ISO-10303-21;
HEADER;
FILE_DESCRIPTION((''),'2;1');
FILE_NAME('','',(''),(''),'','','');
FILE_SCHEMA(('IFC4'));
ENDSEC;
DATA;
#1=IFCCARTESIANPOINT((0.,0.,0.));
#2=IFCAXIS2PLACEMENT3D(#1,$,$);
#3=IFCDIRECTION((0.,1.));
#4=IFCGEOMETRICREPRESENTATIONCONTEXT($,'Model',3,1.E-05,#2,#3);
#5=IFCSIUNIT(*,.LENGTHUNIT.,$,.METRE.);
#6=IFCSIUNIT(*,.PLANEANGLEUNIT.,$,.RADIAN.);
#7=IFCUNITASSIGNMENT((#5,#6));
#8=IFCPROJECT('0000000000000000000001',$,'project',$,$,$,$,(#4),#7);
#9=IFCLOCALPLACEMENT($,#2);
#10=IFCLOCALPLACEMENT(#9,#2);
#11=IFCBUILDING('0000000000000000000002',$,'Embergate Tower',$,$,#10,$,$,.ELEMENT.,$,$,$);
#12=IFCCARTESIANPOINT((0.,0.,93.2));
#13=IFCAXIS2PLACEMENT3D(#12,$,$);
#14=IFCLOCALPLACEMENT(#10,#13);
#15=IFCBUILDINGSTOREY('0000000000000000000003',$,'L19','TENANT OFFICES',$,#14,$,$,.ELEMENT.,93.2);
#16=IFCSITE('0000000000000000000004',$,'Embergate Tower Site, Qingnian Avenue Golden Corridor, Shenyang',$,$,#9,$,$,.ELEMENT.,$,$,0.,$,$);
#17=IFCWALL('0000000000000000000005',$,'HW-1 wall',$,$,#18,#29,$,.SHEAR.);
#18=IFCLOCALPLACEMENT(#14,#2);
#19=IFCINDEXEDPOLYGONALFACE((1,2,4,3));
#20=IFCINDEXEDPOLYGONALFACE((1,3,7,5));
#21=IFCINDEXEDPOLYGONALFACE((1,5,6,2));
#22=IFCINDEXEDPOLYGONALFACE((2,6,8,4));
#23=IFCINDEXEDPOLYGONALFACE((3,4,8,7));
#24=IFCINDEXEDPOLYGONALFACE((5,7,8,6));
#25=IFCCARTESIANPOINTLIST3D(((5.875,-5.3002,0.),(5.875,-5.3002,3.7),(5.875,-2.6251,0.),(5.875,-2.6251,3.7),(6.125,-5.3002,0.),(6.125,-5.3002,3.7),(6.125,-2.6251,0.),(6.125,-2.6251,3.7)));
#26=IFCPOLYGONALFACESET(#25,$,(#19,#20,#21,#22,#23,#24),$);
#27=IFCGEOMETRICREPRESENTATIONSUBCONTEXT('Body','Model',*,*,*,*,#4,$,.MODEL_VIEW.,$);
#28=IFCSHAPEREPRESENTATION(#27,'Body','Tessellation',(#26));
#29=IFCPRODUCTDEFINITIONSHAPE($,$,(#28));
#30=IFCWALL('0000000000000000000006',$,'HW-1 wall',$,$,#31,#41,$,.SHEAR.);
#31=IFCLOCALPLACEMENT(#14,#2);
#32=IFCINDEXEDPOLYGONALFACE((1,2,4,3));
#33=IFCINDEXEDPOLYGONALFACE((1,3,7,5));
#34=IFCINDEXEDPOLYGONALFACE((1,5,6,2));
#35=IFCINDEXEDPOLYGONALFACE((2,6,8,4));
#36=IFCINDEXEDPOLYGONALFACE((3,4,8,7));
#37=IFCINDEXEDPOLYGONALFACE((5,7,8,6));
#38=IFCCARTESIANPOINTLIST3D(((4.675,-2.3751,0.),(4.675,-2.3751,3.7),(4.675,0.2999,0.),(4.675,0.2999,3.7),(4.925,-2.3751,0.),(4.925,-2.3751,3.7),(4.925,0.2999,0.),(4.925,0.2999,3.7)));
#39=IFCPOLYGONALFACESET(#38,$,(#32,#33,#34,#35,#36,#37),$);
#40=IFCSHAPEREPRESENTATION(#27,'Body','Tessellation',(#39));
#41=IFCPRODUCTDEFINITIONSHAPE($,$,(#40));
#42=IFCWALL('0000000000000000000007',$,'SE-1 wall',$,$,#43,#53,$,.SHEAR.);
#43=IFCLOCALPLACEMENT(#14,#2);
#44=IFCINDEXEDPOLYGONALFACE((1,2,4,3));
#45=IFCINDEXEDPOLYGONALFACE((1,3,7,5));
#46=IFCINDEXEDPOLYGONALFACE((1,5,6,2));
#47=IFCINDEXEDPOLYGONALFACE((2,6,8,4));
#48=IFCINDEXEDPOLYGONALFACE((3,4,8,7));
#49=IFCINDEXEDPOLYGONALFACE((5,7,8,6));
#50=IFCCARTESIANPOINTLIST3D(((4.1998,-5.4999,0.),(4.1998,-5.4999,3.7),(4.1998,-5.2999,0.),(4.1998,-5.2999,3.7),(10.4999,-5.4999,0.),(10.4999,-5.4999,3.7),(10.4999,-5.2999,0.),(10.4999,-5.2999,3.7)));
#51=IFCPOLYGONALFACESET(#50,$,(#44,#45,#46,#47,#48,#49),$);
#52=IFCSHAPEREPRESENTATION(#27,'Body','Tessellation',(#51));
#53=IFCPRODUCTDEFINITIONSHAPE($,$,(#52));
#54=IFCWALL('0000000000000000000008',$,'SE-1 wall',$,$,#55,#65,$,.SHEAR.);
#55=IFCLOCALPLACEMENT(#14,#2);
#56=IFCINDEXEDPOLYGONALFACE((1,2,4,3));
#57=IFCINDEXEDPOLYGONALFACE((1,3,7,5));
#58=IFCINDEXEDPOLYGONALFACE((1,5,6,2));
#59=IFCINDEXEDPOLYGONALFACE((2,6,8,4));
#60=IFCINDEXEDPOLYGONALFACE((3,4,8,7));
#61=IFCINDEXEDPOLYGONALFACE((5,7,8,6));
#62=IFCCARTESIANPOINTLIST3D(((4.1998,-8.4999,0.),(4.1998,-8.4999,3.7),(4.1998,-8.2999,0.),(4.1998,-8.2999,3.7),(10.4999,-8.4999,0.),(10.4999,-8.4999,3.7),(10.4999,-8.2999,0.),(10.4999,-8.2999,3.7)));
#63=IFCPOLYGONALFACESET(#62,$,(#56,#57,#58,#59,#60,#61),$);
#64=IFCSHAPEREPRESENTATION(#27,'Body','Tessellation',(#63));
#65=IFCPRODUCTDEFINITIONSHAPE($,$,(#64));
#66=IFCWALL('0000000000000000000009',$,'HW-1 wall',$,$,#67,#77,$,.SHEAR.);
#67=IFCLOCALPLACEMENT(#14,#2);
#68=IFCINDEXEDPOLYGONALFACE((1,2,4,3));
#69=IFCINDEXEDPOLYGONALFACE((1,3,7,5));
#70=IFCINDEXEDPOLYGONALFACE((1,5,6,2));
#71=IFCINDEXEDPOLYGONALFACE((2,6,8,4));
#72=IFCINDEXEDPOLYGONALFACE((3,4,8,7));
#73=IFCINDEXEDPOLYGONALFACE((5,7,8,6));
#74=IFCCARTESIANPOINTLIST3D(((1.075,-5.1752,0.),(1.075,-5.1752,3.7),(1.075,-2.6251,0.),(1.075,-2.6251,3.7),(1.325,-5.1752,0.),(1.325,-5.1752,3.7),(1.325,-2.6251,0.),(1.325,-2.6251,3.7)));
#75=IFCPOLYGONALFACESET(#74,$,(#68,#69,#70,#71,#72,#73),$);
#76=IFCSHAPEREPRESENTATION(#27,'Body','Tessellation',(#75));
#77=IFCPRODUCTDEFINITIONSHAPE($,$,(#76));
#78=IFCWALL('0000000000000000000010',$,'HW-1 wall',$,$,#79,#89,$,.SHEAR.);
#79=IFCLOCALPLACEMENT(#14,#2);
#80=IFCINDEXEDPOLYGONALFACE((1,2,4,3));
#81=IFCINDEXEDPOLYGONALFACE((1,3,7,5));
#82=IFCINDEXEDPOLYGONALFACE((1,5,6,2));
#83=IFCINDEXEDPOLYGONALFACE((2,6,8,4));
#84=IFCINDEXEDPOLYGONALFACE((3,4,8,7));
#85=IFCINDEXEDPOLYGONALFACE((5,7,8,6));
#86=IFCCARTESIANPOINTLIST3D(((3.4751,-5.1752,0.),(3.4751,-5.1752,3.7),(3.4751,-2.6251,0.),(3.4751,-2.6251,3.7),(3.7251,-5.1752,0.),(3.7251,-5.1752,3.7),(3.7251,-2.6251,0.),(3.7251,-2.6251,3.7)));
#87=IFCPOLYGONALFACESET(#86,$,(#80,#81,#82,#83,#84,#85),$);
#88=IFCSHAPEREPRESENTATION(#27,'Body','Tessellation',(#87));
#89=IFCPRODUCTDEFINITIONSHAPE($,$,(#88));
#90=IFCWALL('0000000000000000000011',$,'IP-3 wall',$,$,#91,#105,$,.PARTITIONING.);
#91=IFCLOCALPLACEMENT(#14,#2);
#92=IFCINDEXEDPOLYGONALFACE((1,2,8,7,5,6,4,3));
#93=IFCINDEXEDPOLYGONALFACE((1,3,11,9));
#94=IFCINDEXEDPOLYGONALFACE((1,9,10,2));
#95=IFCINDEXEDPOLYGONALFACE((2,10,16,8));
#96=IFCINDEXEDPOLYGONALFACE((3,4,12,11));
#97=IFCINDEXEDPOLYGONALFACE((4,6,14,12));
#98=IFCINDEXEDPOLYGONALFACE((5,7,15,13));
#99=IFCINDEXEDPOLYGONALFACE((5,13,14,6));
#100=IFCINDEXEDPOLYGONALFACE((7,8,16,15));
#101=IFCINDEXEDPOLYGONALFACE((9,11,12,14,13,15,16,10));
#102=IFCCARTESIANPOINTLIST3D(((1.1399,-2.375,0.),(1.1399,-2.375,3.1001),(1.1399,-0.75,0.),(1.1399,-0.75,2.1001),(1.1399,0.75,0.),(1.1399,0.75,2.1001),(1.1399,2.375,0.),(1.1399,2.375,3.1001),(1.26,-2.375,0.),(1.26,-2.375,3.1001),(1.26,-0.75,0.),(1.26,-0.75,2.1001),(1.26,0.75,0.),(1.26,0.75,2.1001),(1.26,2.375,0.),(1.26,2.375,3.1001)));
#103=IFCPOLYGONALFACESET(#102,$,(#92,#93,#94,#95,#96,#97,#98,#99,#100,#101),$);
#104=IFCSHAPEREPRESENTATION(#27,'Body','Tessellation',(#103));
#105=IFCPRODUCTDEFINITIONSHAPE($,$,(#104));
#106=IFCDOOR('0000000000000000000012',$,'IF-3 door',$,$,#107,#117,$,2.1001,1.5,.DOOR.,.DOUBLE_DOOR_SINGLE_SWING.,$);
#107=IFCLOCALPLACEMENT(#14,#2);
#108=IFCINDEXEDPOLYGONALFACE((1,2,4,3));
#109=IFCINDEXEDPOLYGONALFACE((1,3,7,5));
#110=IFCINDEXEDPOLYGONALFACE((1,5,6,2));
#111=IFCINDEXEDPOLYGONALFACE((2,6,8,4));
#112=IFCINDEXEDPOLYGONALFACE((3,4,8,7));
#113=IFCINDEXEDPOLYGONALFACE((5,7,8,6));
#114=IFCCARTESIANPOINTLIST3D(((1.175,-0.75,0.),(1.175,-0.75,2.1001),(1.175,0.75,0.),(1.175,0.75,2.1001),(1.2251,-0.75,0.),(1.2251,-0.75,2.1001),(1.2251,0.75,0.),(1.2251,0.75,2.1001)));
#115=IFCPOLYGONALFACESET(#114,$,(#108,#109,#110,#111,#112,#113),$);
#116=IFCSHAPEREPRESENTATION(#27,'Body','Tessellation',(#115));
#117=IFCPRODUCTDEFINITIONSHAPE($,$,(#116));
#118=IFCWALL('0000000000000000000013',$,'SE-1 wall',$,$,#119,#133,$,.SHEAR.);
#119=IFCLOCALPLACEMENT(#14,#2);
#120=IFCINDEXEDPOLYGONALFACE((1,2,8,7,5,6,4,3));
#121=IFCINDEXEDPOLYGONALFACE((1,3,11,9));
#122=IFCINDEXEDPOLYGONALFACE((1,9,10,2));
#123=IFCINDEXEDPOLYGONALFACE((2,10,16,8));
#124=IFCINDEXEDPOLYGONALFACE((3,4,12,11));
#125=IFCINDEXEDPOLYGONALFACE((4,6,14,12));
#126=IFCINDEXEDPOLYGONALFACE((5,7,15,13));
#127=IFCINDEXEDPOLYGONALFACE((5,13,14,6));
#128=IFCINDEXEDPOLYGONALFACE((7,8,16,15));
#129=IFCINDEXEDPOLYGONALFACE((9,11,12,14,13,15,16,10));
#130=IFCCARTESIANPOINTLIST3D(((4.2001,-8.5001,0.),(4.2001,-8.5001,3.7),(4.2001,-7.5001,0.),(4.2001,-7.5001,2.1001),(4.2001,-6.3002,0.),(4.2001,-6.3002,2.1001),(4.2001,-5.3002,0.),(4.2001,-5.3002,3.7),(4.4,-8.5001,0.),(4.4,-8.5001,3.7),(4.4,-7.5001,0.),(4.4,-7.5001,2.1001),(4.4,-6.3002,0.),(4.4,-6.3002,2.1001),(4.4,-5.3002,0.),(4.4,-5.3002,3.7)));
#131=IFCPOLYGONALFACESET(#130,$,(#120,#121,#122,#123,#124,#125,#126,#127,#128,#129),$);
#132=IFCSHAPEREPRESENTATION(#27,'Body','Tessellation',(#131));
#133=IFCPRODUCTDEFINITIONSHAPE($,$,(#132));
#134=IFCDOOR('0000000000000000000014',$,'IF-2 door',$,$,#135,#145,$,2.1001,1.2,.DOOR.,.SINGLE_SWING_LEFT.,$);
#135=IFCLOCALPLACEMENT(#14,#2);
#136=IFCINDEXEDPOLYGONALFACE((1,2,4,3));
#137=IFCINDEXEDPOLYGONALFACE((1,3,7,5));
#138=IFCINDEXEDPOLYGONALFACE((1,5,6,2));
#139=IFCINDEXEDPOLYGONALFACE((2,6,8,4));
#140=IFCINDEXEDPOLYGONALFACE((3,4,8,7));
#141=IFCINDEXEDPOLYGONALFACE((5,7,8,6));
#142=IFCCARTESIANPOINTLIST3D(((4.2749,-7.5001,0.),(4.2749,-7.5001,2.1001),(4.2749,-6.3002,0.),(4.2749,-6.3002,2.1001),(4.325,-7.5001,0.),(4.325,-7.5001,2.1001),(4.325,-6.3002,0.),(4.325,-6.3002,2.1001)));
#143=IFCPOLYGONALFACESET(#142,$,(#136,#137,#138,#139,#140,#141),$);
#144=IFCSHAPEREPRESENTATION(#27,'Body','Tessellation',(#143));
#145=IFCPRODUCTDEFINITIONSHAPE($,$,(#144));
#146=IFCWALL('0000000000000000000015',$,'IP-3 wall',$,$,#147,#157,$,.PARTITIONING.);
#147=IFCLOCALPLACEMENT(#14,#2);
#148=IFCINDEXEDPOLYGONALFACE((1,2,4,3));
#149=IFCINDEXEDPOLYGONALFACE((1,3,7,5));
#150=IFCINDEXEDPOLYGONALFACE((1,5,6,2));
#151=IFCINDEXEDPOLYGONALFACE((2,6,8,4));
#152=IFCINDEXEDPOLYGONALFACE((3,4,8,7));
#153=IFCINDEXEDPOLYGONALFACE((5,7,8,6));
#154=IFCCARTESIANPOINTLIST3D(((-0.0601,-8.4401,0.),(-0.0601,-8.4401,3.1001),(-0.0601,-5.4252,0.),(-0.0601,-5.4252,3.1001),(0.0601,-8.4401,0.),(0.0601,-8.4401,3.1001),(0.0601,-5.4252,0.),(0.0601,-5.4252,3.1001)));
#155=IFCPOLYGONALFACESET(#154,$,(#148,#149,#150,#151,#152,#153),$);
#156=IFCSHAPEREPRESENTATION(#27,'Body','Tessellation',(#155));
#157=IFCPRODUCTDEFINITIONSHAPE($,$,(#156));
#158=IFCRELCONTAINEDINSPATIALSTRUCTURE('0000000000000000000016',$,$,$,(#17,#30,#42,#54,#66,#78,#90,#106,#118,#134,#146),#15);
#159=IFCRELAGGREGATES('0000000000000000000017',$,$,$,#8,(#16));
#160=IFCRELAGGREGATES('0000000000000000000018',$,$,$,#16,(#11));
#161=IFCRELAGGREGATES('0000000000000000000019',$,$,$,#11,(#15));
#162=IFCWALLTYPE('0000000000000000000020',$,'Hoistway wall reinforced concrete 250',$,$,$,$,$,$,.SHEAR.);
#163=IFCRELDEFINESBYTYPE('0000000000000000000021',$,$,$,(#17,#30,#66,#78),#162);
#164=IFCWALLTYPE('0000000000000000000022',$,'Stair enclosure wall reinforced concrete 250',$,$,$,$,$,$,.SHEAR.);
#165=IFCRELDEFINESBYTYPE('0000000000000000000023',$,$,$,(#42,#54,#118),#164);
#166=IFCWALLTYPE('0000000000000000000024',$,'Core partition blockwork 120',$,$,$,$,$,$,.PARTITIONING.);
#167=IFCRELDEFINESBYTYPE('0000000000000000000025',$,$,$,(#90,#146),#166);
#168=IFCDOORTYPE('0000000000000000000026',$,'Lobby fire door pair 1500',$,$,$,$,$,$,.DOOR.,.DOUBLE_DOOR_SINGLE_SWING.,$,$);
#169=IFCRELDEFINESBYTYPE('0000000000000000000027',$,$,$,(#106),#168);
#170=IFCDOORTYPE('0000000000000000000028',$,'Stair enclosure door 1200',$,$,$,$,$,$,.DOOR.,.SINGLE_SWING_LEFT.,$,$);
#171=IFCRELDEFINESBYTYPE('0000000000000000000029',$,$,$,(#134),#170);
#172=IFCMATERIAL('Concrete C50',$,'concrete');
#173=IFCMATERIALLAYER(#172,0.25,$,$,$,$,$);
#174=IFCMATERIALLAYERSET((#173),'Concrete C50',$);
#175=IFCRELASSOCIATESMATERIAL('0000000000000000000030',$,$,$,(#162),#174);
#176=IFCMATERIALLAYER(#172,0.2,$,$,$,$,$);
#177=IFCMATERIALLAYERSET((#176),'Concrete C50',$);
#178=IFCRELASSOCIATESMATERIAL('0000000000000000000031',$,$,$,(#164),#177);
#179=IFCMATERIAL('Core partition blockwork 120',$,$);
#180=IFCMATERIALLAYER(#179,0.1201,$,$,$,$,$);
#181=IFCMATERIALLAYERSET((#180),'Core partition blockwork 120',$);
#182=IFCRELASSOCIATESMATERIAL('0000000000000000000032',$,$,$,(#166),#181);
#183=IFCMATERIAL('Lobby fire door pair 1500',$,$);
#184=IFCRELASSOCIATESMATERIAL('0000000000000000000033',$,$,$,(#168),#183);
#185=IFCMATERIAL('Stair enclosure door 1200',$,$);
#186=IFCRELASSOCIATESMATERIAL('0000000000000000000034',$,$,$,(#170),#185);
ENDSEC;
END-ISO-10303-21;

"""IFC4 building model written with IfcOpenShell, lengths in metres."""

from ifc_helpers import new_model, si_unit, direction, frame, frame_2d, origin, place, context, subcontext, project, spatial, rectangle, extrude, source, transform, mapped, material, layer, layer_set, type_object, element, fill, save


model = new_model("IFC4")

# Units and contexts
model_context = context("Model", 3, precision=1e-05, world=origin(), true_north=direction((0.0, 1.0)))
body_context = subcontext(model_context, "Body", "Model", "MODEL_VIEW")
ifc_project = project(units=[si_unit("LENGTHUNIT", "METRE"), si_unit("PLANEANGLEUNIT", "RADIAN")], contexts=[model_context])

# Site, building, storey
site_placement = place(None, origin())
site = spatial("IfcSite", under=ifc_project, at=site_placement, Name="Embergate Tower Site, Qingnian Avenue Golden Corridor, Shenyang", CompositionType="ELEMENT", RefElevation=0.0)
building_placement = place(site_placement, origin())
building = spatial("IfcBuilding", under=site, at=building_placement, Name="Embergate Tower", CompositionType="ELEMENT")
storey_placement = place(building_placement, frame((0.0, 0.0, 93.2)))
storey = spatial("IfcBuildingStorey", under=building, at=storey_placement, Name="L19", Description="TENANT OFFICES", CompositionType="ELEMENT", Elevation=93.2)

# Walls
ifc_material_1 = material(Name="Concrete C50", Category="concrete")
ifc_layer_1 = layer(ifc_material_1, 0.25)
ifc_layer_set_1 = layer_set([ifc_layer_1], Name="Concrete C50")
wall_type_1 = type_object("IfcWallType", Name="Hoistway wall reinforced concrete 250", PredefinedType="SHEAR", material=ifc_layer_set_1)
shared_shape_1 = source(origin(), body_context, "Body", "SweptSolid", [
    extrude(rectangle(XDim=2.675, YDim=0.25, at=frame_2d((1.3374, 0.0))), origin(), (0.0, 0.0, 1.0), 3.7),
])
for number, where, z_axis, x_axis, name in (
    (1, (6.0, -5.3, 0.0), (0.0, 0.0, 1.0), (0.0, 1.0, 0.0), "HW-1 wall"),
    (2, (4.8, -2.375, 0.0), (0.0, 0.0, 1.0), (0.0, 1.0, 0.0), "HW-1 wall"),
):
    element("IfcWall", number, at=place(storey_placement, frame(where, z_axis=z_axis, x_axis=x_axis)), inside=storey, type_object=wall_type_1, Name=name, PredefinedType="SHEAR", context=body_context, shape_type="MappedRepresentation", body=[
        mapped(shared_shape_1, transform((0.0, 0.0, 0.0))),
    ])
ifc_layer_2 = layer(ifc_material_1, 0.2)
ifc_layer_set_2 = layer_set([ifc_layer_2], Name="Concrete C50")
wall_type_2 = type_object("IfcWallType", Name="Stair enclosure wall reinforced concrete 250", PredefinedType="SHEAR", material=ifc_layer_set_2)
shared_shape_2 = source(origin(), body_context, "Body", "SweptSolid", [
    extrude(rectangle(XDim=6.3, YDim=0.2, at=frame_2d((3.1499, 0.0))), origin(), (0.0, 0.0, 1.0), 3.7),
])
for number, where, z_axis, x_axis, name in (
    (3, (4.2, -5.3999, 0.0), (0.0, 0.0, 1.0), (1.0, 0.0, 0.0), "SE-1 wall"),
    (4, (4.2, -8.3999, 0.0), (0.0, 0.0, 1.0), (1.0, 0.0, 0.0), "SE-1 wall"),
):
    element("IfcWall", number, at=place(storey_placement, frame(where, z_axis=z_axis, x_axis=x_axis)), inside=storey, type_object=wall_type_2, Name=name, PredefinedType="SHEAR", context=body_context, shape_type="MappedRepresentation", body=[
        mapped(shared_shape_2, transform((0.0, 0.0, 0.0))),
    ])
shared_shape_3 = source(origin(), body_context, "Body", "SweptSolid", [
    extrude(rectangle(XDim=2.55, YDim=0.25, at=frame_2d((1.2749, 0.0))), origin(), (0.0, 0.0, 1.0), 3.7),
])
for number, where, z_axis, x_axis, name in (
    (5, (1.2, -5.175, 0.0), (0.0, 0.0, 1.0), (0.0, 1.0, 0.0), "HW-1 wall"),
    (6, (3.6001, -5.175, 0.0), (0.0, 0.0, 1.0), (0.0, 1.0, 0.0), "HW-1 wall"),
):
    element("IfcWall", number, at=place(storey_placement, frame(where, z_axis=z_axis, x_axis=x_axis)), inside=storey, type_object=wall_type_1, Name=name, PredefinedType="SHEAR", context=body_context, shape_type="MappedRepresentation", body=[
        mapped(shared_shape_3, transform((0.0, 0.0, 0.0))),
    ])

# Walls, openings, doors
ifc_material_2 = material(Name="Core partition blockwork 120")
ifc_layer_3 = layer(ifc_material_2, 0.1201)
ifc_layer_set_3 = layer_set([ifc_layer_3], Name="Core partition blockwork 120")
wall_type_3 = type_object("IfcWallType", Name="Core partition blockwork 120", PredefinedType="PARTITIONING", material=ifc_layer_set_3)
shared_shape_4 = source(origin(), body_context, "Body", "SweptSolid", [
    extrude(rectangle(XDim=4.75, YDim=0.1201, at=frame_2d((2.375, 0.0))), origin(), (0.0, 0.0, 1.0), 3.1001),
])
wall_1_placement = place(storey_placement, frame((1.2, -2.375, 0.0), z_axis=(0.0, 0.0, 1.0), x_axis=(0.0, 1.0, 0.0)))
wall_1 = element("IfcWall", 7, at=wall_1_placement, inside=storey, type_object=wall_type_3, Name="IP-3 wall", PredefinedType="PARTITIONING", context=body_context, shape_type="MappedRepresentation", body=[
    mapped(shared_shape_4, transform((0.0, 0.0, 0.0))),
])
shared_shape_5 = source(origin(), body_context, "Body", "SweptSolid", [
    extrude(rectangle(XDim=1.5, YDim=2.1001, at=frame_2d((0.75, 1.05))), frame((0.0, 0.0701, 0.0), z_axis=(0.0, -1.0, 0.0), x_axis=(1.0, 0.0, 0.0)), (0.0, 0.0, 1.0), 0.1401),
])
opening_1_placement = place(wall_1_placement, frame((1.625, 0.0, 0.0)))
opening_1 = element("IfcOpeningElement", 8, at=opening_1_placement, cuts=wall_1, PredefinedType="OPENING", context=body_context, shape_type="MappedRepresentation", body=[
    mapped(shared_shape_5, transform((0.0, 0.0, 0.0))),
])
ifc_material_3 = material(Name="Lobby fire door pair 1500")
door_type_1 = type_object("IfcDoorType", Name="Lobby fire door pair 1500", OperationType="DOUBLE_DOOR_SINGLE_SWING", PredefinedType="DOOR", material=ifc_material_3)
shared_shape_6 = source(origin(), body_context, "Body", "SweptSolid", [
    extrude(rectangle(XDim=1.5, YDim=2.1001, at=frame_2d((0.75, 1.05))), frame((0.0, 0.0249, 0.0), z_axis=(0.0, -1.0, 0.0), x_axis=(1.0, 0.0, 0.0)), (0.0, 0.0, 1.0), 0.05),
])
door_1_placement = place(opening_1_placement, origin())
door_1 = element("IfcDoor", 9, at=door_1_placement, inside=storey, type_object=door_type_1, Name="IF-3 door", OperationType="DOUBLE_DOOR_SINGLE_SWING", OverallHeight=2.1001, OverallWidth=1.5, PredefinedType="DOOR", context=body_context, shape_type="MappedRepresentation", body=[
    mapped(shared_shape_6, transform((0.0, 0.0, 0.0))),
])
fill(opening_1, door_1)
shared_shape_7 = source(origin(), body_context, "Body", "SweptSolid", [
    extrude(rectangle(XDim=3.2, YDim=0.2, at=frame_2d((1.6001, 0.0))), origin(), (0.0, 0.0, 1.0), 3.7),
])
wall_2_placement = place(storey_placement, frame((4.3, -5.3, 0.0), z_axis=(0.0, 0.0, 1.0), x_axis=(0.0, -1.0, 0.0)))
wall_2 = element("IfcWall", 10, at=wall_2_placement, inside=storey, type_object=wall_type_2, Name="SE-1 wall", PredefinedType="SHEAR", context=body_context, shape_type="MappedRepresentation", body=[
    mapped(shared_shape_7, transform((0.0, 0.0, 0.0))),
])
shared_shape_8 = source(origin(), body_context, "Body", "SweptSolid", [
    extrude(rectangle(XDim=1.2, YDim=2.1001, at=frame_2d((0.6001, 1.05))), frame((0.0, 0.1099, 0.0), z_axis=(0.0, -1.0, 0.0), x_axis=(1.0, 0.0, 0.0)), (0.0, 0.0, 1.0), 0.22),
])
opening_2_placement = place(wall_2_placement, frame((1.0, 0.0, 0.0)))
opening_2 = element("IfcOpeningElement", 11, at=opening_2_placement, cuts=wall_2, PredefinedType="OPENING", context=body_context, shape_type="MappedRepresentation", body=[
    mapped(shared_shape_8, transform((0.0, 0.0, 0.0))),
])
ifc_material_4 = material(Name="Stair enclosure door 1200")
door_type_2 = type_object("IfcDoorType", Name="Stair enclosure door 1200", OperationType="SINGLE_SWING_LEFT", PredefinedType="DOOR", material=ifc_material_4)
shared_shape_9 = source(origin(), body_context, "Body", "SweptSolid", [
    extrude(rectangle(XDim=1.2, YDim=2.1001, at=frame_2d((0.6001, 1.05))), frame((0.0, 0.0249, 0.0), z_axis=(0.0, -1.0, 0.0), x_axis=(1.0, 0.0, 0.0)), (0.0, 0.0, 1.0), 0.05),
])
door_2_placement = place(opening_2_placement, origin())
door_2 = element("IfcDoor", 12, at=door_2_placement, inside=storey, type_object=door_type_2, Name="IF-2 door", OperationType="SINGLE_SWING_LEFT", OverallHeight=2.1001, OverallWidth=1.2, PredefinedType="DOOR", context=body_context, shape_type="MappedRepresentation", body=[
    mapped(shared_shape_9, transform((0.0, 0.0, 0.0))),
])
fill(opening_2, door_2)

# Wall
shared_shape_10 = source(origin(), body_context, "Body", "SweptSolid", [
    extrude(rectangle(XDim=3.0149, YDim=0.1201, at=frame_2d((1.5073, 0.0))), origin(), (0.0, 0.0, 1.0), 3.1001),
])
wall_3_placement = place(storey_placement, frame((0.0, -8.4399, 0.0), z_axis=(0.0, 0.0, 1.0), x_axis=(0.0, 1.0, 0.0)))
element("IfcWall", 13, at=wall_3_placement, inside=storey, type_object=wall_type_3, Name="IP-3 wall", PredefinedType="PARTITIONING", context=body_context, shape_type="MappedRepresentation", body=[
    mapped(shared_shape_10, transform((0.0, 0.0, 0.0))),
])

save(model, "model.ifc")
